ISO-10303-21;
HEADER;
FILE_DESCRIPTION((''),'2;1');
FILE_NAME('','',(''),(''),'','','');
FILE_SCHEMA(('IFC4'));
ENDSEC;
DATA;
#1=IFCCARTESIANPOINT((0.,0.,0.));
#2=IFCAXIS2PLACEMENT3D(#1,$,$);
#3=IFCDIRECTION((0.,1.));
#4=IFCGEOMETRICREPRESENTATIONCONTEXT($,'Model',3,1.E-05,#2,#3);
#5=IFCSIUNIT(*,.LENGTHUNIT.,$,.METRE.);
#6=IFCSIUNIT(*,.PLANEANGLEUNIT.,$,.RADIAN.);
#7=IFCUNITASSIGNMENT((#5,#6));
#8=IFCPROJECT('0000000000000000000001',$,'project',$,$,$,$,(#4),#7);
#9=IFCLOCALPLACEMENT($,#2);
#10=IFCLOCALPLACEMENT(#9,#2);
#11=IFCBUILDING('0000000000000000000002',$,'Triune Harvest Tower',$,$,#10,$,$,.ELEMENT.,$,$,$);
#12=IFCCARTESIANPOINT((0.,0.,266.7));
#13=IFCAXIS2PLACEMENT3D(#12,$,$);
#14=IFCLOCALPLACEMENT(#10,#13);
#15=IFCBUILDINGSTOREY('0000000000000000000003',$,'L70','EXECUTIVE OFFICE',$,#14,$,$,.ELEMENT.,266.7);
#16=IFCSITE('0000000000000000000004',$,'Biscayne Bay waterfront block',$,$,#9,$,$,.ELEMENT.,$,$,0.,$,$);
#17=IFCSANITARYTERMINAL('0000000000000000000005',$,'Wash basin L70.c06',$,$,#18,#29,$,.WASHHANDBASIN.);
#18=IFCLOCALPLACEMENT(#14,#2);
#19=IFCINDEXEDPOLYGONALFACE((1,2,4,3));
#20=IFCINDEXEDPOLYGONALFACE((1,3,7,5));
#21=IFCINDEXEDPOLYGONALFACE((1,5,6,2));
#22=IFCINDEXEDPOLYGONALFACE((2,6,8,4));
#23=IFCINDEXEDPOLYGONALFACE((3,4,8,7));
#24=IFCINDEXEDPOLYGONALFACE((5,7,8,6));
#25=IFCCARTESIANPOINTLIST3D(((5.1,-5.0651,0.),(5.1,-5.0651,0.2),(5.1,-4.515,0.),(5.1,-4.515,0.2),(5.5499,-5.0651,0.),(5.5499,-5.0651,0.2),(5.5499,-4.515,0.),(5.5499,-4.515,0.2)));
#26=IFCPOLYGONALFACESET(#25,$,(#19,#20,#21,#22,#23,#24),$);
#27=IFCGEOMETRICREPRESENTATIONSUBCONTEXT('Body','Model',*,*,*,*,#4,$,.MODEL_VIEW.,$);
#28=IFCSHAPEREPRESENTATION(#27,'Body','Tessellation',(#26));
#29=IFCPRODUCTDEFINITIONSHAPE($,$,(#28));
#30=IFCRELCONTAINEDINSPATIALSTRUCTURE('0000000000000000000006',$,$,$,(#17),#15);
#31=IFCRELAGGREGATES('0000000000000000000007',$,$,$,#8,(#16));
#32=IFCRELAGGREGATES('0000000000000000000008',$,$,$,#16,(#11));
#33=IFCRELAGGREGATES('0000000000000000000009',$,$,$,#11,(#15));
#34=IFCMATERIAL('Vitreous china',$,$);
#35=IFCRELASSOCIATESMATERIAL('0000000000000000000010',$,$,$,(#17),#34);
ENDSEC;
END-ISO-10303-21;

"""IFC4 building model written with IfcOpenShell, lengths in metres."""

from ifc_helpers import new_model, si_unit, direction, frame, origin, origin_2d, place, context, subcontext, project, spatial, rectangle, extrude, source, transform, mapped, material, element, save


model = new_model("IFC4")

# Units and contexts
model_context = context("Model", 3, precision=1e-05, world=origin(), true_north=direction((0.0, 1.0)))
body_context = subcontext(model_context, "Body", "Model", "MODEL_VIEW")
ifc_project = project(units=[si_unit("LENGTHUNIT", "METRE"), si_unit("PLANEANGLEUNIT", "RADIAN")], contexts=[model_context])

# Site, building, storey
site_placement = place(None, origin())
site = spatial("IfcSite", under=ifc_project, at=site_placement, Name="Biscayne Bay waterfront block", CompositionType="ELEMENT", RefElevation=0.0)
building_placement = place(site_placement, origin())
building = spatial("IfcBuilding", under=site, at=building_placement, Name="Triune Harvest Tower", CompositionType="ELEMENT")
storey_placement = place(building_placement, frame((0.0, 0.0, 266.7)))
storey = spatial("IfcBuildingStorey", under=building, at=storey_placement, Name="L70", Description="EXECUTIVE OFFICE", CompositionType="ELEMENT", Elevation=266.7)

# Sanitary terminal
ifc_material_1 = material(Name="Vitreous china")
shared_shape_1 = source(origin(), body_context, "Body", "SweptSolid", [
    extrude(rectangle(XDim=0.55, YDim=0.45, at=origin_2d()), origin(), (0.0, 0.0, 1.0), 0.2),
])
sanitary_terminal_1_placement = place(storey_placement, frame((5.325, -4.79, 0.0), z_axis=(0.0, 0.0, 1.0), x_axis=(0.0, 1.0, 0.0)))
element("IfcSanitaryTerminal", 1, at=sanitary_terminal_1_placement, inside=storey, material=ifc_material_1, Name="Wash basin L70.c06", PredefinedType="WASHHANDBASIN", context=body_context, shape_type="MappedRepresentation", body=[
    mapped(shared_shape_1, transform((0.0, 0.0, 0.0), scale=1.0)),
])

save(model, "model.ifc")
